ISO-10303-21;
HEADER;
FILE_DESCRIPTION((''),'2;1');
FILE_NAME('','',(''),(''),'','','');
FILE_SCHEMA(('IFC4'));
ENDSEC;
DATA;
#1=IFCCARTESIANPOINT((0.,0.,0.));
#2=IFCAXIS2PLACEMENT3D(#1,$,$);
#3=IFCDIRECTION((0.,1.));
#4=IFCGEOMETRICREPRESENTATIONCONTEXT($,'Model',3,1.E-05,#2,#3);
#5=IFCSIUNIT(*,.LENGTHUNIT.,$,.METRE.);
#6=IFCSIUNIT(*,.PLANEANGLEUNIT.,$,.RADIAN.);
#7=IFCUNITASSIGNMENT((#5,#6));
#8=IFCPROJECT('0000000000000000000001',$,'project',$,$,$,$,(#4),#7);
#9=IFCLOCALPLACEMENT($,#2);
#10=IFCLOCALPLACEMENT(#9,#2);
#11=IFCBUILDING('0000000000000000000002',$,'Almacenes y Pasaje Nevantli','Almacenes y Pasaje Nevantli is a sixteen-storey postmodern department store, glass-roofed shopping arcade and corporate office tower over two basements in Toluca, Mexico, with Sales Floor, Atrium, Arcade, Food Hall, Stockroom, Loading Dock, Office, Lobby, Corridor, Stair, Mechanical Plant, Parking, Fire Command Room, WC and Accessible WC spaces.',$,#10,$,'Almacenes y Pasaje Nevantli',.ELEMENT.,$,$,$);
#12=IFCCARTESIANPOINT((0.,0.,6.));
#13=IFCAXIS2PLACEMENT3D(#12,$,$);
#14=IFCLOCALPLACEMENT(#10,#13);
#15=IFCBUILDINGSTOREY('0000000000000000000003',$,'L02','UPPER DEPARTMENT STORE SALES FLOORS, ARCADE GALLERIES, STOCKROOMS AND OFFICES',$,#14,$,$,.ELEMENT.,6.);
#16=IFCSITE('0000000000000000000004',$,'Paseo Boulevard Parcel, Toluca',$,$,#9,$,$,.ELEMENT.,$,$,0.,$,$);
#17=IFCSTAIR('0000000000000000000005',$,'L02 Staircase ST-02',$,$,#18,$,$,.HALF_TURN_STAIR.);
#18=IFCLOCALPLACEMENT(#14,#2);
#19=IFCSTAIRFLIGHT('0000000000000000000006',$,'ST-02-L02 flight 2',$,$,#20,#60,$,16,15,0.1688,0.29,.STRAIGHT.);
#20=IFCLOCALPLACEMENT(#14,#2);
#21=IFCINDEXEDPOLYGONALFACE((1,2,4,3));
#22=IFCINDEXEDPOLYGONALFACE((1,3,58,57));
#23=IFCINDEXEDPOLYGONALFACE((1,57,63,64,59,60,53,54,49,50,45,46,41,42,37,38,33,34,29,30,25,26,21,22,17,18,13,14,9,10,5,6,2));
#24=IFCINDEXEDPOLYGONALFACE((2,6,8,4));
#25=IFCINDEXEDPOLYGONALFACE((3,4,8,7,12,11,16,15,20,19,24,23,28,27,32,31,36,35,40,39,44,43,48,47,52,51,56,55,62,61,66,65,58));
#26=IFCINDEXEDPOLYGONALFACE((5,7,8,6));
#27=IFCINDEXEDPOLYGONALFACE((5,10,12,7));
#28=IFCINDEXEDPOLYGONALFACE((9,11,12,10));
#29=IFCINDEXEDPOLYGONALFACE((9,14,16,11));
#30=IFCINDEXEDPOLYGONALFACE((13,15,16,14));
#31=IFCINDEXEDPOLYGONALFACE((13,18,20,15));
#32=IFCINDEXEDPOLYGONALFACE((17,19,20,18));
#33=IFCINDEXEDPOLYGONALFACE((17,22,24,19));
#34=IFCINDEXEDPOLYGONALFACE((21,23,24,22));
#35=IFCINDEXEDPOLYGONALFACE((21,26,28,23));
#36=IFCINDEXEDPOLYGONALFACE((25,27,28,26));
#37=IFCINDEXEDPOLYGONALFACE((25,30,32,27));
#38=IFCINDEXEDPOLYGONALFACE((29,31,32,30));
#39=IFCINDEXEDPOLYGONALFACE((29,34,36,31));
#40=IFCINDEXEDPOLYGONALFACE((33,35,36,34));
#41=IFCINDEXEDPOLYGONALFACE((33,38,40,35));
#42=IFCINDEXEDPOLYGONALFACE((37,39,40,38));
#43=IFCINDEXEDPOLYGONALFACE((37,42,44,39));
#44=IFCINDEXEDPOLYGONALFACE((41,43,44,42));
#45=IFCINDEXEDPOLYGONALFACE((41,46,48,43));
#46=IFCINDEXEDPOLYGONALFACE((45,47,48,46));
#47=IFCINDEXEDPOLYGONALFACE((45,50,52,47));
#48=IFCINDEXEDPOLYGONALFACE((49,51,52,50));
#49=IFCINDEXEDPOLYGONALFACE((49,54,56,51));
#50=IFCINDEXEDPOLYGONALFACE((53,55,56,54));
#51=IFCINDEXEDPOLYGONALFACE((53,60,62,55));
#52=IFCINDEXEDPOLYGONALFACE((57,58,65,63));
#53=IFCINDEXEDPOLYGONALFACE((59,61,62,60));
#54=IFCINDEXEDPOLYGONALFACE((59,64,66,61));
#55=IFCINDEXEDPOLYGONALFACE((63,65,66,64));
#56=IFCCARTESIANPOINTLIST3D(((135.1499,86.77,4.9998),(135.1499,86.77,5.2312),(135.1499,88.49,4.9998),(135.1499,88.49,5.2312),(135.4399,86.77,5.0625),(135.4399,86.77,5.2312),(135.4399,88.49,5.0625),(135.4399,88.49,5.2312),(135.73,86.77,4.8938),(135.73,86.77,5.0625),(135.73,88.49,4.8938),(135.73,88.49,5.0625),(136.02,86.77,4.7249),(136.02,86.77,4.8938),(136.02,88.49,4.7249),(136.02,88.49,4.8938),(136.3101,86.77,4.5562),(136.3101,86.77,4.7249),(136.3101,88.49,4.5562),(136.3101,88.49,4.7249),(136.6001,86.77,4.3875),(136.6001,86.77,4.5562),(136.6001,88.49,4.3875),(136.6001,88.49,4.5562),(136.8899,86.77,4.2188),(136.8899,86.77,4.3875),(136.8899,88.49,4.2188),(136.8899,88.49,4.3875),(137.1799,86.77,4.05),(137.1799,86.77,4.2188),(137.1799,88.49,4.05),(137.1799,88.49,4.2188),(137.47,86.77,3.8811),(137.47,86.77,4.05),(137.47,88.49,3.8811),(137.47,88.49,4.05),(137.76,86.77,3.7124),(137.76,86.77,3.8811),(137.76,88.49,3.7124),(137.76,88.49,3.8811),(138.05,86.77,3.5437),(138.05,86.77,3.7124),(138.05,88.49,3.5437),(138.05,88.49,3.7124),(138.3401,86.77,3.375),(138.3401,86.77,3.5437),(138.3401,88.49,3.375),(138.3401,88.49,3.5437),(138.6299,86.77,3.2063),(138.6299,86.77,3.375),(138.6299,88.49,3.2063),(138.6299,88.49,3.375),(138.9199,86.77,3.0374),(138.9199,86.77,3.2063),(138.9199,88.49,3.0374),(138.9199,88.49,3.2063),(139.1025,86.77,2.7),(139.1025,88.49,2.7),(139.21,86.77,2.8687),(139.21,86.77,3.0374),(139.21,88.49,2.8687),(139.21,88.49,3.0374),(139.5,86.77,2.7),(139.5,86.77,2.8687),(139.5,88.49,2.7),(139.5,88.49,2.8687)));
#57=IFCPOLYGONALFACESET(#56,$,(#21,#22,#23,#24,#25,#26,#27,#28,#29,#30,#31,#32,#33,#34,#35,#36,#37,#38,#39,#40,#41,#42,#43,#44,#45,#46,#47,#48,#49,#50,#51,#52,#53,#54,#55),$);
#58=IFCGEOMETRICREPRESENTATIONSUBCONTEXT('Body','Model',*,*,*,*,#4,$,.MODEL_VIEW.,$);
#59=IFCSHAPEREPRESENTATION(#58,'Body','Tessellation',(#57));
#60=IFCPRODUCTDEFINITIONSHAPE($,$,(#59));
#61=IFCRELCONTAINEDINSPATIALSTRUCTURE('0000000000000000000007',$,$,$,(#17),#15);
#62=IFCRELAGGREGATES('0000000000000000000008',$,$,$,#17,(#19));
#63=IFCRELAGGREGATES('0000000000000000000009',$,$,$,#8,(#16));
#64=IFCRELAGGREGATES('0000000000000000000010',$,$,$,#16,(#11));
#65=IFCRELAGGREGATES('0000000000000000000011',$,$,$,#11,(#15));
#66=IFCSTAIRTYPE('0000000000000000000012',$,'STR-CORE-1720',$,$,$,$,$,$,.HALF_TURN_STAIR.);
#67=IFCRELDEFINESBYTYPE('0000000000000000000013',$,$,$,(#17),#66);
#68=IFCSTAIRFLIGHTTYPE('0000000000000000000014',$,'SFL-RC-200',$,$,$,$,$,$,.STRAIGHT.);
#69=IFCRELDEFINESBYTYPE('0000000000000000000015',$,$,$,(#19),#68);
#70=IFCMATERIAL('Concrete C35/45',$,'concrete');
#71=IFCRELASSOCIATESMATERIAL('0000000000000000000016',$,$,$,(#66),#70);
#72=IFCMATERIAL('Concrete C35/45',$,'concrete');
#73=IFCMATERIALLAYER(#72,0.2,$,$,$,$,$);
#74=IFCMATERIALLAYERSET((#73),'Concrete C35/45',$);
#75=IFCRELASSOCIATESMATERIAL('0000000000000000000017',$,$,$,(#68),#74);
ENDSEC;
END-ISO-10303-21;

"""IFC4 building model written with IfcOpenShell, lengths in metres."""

from ifc_helpers import new_model, si_unit, direction, frame, origin, place, context, subcontext, project, spatial, polyline, outline, extrude, material, layer, layer_set, type_object, element, aggregate, save


model = new_model("IFC4")

# Units and contexts
model_context = context("Model", 3, precision=1e-05, world=origin(), true_north=direction((0.0, 1.0)))
body_context = subcontext(model_context, "Body", "Model", "MODEL_VIEW")
ifc_project = project(units=[si_unit("LENGTHUNIT", "METRE"), si_unit("PLANEANGLEUNIT", "RADIAN")], contexts=[model_context])

# Site, building, storey
site_placement = place(None, origin())
site = spatial("IfcSite", under=ifc_project, at=site_placement, Name="Paseo Boulevard Parcel, Toluca", CompositionType="ELEMENT", RefElevation=0.0)
building_placement = place(site_placement, origin())
building = spatial("IfcBuilding", under=site, at=building_placement, Name="Almacenes y Pasaje Nevantli", Description="Almacenes y Pasaje Nevantli is a sixteen-storey postmodern department store, glass-roofed shopping arcade and corporate office tower over two basements in Toluca, Mexico, with Sales Floor, Atrium, Arcade, Food Hall, Stockroom, Loading Dock, Office, Lobby, Corridor, Stair, Mechanical Plant, Parking, Fire Command Room, WC and Accessible WC spaces.", LongName="Almacenes y Pasaje Nevantli", CompositionType="ELEMENT")
storey_placement = place(building_placement, frame((0.0, 0.0, 6.0)))
storey = spatial("IfcBuildingStorey", under=building, at=storey_placement, Name="L02", Description="UPPER DEPARTMENT STORE SALES FLOORS, ARCADE GALLERIES, STOCKROOMS AND OFFICES", CompositionType="ELEMENT", Elevation=6.0)

# Stair, stair flight
ifc_material_1 = material(Name="Concrete C35/45", Category="concrete")
stair_type = type_object("IfcStairType", Name="STR-CORE-1720", PredefinedType="HALF_TURN_STAIR", material=ifc_material_1)
stair_placement = place(storey_placement, origin())
stair = element("IfcStair", 1, at=stair_placement, inside=storey, type_object=stair_type, Name="L02 Staircase ST-02", PredefinedType="HALF_TURN_STAIR")
ifc_material_2 = material(Name="Concrete C35/45", Category="concrete")
ifc_layer_1 = layer(ifc_material_2, 0.2)
ifc_layer_set_1 = layer_set([ifc_layer_1], Name="Concrete C35/45")
stair_flight_type = type_object("IfcStairFlightType", Name="SFL-RC-200", PredefinedType="STRAIGHT", material=ifc_layer_set_1)
stair_flight_placement = place(storey_placement, frame((139.5, 87.6299, 2.7), z_axis=(0.0, 0.0, 1.0), x_axis=(-1.0, 0.0, 0.0)))
stair_flight = element("IfcStairFlight", 2, at=stair_flight_placement, type_object=stair_flight_type, Name="ST-02-L02 flight 2", NumberOfRisers=16, NumberOfTreads=15, PredefinedType="STRAIGHT", RiserHeight=0.1688, TreadLength=0.29, context=body_context, shape_type="SweptSolid", body=[
    extrude(outline(polyline([(0.0, 0.0), (0.0, 0.1687), (0.29, 0.1687), (0.29, 0.3374), (0.5801, 0.3374), (0.5801, 0.5063), (0.8701, 0.5063), (0.8701, 0.675), (1.1599, 0.675), (1.1599, 0.8438), (1.45, 0.8438), (1.45, 1.0125), (1.74, 1.0125), (1.74, 1.1812), (2.03, 1.1812), (2.03, 1.3501), (2.3201, 1.3501), (2.3201, 1.5188), (2.6101, 1.5188), (2.6101, 1.6875), (2.8999, 1.6875), (2.8999, 1.8562), (3.1899, 1.8562), (3.1899, 2.0249), (3.48, 2.0249), (3.48, 2.1938), (3.77, 2.1938), (3.77, 2.3625), (4.0601, 2.3625), (4.0601, 2.5312), (4.3501, 2.5312), (4.3501, 2.7), (4.3501, 2.2998), (0.3975, 0.0), (0.0, 0.0)])), frame((0.0, 0.8599, 0.0), z_axis=(0.0, -1.0, 0.0), x_axis=(1.0, 0.0, 0.0)), (0.0, 0.0, 1.0), 1.72),
])
aggregate(stair, [stair_flight])

save(model, "model.ifc")
